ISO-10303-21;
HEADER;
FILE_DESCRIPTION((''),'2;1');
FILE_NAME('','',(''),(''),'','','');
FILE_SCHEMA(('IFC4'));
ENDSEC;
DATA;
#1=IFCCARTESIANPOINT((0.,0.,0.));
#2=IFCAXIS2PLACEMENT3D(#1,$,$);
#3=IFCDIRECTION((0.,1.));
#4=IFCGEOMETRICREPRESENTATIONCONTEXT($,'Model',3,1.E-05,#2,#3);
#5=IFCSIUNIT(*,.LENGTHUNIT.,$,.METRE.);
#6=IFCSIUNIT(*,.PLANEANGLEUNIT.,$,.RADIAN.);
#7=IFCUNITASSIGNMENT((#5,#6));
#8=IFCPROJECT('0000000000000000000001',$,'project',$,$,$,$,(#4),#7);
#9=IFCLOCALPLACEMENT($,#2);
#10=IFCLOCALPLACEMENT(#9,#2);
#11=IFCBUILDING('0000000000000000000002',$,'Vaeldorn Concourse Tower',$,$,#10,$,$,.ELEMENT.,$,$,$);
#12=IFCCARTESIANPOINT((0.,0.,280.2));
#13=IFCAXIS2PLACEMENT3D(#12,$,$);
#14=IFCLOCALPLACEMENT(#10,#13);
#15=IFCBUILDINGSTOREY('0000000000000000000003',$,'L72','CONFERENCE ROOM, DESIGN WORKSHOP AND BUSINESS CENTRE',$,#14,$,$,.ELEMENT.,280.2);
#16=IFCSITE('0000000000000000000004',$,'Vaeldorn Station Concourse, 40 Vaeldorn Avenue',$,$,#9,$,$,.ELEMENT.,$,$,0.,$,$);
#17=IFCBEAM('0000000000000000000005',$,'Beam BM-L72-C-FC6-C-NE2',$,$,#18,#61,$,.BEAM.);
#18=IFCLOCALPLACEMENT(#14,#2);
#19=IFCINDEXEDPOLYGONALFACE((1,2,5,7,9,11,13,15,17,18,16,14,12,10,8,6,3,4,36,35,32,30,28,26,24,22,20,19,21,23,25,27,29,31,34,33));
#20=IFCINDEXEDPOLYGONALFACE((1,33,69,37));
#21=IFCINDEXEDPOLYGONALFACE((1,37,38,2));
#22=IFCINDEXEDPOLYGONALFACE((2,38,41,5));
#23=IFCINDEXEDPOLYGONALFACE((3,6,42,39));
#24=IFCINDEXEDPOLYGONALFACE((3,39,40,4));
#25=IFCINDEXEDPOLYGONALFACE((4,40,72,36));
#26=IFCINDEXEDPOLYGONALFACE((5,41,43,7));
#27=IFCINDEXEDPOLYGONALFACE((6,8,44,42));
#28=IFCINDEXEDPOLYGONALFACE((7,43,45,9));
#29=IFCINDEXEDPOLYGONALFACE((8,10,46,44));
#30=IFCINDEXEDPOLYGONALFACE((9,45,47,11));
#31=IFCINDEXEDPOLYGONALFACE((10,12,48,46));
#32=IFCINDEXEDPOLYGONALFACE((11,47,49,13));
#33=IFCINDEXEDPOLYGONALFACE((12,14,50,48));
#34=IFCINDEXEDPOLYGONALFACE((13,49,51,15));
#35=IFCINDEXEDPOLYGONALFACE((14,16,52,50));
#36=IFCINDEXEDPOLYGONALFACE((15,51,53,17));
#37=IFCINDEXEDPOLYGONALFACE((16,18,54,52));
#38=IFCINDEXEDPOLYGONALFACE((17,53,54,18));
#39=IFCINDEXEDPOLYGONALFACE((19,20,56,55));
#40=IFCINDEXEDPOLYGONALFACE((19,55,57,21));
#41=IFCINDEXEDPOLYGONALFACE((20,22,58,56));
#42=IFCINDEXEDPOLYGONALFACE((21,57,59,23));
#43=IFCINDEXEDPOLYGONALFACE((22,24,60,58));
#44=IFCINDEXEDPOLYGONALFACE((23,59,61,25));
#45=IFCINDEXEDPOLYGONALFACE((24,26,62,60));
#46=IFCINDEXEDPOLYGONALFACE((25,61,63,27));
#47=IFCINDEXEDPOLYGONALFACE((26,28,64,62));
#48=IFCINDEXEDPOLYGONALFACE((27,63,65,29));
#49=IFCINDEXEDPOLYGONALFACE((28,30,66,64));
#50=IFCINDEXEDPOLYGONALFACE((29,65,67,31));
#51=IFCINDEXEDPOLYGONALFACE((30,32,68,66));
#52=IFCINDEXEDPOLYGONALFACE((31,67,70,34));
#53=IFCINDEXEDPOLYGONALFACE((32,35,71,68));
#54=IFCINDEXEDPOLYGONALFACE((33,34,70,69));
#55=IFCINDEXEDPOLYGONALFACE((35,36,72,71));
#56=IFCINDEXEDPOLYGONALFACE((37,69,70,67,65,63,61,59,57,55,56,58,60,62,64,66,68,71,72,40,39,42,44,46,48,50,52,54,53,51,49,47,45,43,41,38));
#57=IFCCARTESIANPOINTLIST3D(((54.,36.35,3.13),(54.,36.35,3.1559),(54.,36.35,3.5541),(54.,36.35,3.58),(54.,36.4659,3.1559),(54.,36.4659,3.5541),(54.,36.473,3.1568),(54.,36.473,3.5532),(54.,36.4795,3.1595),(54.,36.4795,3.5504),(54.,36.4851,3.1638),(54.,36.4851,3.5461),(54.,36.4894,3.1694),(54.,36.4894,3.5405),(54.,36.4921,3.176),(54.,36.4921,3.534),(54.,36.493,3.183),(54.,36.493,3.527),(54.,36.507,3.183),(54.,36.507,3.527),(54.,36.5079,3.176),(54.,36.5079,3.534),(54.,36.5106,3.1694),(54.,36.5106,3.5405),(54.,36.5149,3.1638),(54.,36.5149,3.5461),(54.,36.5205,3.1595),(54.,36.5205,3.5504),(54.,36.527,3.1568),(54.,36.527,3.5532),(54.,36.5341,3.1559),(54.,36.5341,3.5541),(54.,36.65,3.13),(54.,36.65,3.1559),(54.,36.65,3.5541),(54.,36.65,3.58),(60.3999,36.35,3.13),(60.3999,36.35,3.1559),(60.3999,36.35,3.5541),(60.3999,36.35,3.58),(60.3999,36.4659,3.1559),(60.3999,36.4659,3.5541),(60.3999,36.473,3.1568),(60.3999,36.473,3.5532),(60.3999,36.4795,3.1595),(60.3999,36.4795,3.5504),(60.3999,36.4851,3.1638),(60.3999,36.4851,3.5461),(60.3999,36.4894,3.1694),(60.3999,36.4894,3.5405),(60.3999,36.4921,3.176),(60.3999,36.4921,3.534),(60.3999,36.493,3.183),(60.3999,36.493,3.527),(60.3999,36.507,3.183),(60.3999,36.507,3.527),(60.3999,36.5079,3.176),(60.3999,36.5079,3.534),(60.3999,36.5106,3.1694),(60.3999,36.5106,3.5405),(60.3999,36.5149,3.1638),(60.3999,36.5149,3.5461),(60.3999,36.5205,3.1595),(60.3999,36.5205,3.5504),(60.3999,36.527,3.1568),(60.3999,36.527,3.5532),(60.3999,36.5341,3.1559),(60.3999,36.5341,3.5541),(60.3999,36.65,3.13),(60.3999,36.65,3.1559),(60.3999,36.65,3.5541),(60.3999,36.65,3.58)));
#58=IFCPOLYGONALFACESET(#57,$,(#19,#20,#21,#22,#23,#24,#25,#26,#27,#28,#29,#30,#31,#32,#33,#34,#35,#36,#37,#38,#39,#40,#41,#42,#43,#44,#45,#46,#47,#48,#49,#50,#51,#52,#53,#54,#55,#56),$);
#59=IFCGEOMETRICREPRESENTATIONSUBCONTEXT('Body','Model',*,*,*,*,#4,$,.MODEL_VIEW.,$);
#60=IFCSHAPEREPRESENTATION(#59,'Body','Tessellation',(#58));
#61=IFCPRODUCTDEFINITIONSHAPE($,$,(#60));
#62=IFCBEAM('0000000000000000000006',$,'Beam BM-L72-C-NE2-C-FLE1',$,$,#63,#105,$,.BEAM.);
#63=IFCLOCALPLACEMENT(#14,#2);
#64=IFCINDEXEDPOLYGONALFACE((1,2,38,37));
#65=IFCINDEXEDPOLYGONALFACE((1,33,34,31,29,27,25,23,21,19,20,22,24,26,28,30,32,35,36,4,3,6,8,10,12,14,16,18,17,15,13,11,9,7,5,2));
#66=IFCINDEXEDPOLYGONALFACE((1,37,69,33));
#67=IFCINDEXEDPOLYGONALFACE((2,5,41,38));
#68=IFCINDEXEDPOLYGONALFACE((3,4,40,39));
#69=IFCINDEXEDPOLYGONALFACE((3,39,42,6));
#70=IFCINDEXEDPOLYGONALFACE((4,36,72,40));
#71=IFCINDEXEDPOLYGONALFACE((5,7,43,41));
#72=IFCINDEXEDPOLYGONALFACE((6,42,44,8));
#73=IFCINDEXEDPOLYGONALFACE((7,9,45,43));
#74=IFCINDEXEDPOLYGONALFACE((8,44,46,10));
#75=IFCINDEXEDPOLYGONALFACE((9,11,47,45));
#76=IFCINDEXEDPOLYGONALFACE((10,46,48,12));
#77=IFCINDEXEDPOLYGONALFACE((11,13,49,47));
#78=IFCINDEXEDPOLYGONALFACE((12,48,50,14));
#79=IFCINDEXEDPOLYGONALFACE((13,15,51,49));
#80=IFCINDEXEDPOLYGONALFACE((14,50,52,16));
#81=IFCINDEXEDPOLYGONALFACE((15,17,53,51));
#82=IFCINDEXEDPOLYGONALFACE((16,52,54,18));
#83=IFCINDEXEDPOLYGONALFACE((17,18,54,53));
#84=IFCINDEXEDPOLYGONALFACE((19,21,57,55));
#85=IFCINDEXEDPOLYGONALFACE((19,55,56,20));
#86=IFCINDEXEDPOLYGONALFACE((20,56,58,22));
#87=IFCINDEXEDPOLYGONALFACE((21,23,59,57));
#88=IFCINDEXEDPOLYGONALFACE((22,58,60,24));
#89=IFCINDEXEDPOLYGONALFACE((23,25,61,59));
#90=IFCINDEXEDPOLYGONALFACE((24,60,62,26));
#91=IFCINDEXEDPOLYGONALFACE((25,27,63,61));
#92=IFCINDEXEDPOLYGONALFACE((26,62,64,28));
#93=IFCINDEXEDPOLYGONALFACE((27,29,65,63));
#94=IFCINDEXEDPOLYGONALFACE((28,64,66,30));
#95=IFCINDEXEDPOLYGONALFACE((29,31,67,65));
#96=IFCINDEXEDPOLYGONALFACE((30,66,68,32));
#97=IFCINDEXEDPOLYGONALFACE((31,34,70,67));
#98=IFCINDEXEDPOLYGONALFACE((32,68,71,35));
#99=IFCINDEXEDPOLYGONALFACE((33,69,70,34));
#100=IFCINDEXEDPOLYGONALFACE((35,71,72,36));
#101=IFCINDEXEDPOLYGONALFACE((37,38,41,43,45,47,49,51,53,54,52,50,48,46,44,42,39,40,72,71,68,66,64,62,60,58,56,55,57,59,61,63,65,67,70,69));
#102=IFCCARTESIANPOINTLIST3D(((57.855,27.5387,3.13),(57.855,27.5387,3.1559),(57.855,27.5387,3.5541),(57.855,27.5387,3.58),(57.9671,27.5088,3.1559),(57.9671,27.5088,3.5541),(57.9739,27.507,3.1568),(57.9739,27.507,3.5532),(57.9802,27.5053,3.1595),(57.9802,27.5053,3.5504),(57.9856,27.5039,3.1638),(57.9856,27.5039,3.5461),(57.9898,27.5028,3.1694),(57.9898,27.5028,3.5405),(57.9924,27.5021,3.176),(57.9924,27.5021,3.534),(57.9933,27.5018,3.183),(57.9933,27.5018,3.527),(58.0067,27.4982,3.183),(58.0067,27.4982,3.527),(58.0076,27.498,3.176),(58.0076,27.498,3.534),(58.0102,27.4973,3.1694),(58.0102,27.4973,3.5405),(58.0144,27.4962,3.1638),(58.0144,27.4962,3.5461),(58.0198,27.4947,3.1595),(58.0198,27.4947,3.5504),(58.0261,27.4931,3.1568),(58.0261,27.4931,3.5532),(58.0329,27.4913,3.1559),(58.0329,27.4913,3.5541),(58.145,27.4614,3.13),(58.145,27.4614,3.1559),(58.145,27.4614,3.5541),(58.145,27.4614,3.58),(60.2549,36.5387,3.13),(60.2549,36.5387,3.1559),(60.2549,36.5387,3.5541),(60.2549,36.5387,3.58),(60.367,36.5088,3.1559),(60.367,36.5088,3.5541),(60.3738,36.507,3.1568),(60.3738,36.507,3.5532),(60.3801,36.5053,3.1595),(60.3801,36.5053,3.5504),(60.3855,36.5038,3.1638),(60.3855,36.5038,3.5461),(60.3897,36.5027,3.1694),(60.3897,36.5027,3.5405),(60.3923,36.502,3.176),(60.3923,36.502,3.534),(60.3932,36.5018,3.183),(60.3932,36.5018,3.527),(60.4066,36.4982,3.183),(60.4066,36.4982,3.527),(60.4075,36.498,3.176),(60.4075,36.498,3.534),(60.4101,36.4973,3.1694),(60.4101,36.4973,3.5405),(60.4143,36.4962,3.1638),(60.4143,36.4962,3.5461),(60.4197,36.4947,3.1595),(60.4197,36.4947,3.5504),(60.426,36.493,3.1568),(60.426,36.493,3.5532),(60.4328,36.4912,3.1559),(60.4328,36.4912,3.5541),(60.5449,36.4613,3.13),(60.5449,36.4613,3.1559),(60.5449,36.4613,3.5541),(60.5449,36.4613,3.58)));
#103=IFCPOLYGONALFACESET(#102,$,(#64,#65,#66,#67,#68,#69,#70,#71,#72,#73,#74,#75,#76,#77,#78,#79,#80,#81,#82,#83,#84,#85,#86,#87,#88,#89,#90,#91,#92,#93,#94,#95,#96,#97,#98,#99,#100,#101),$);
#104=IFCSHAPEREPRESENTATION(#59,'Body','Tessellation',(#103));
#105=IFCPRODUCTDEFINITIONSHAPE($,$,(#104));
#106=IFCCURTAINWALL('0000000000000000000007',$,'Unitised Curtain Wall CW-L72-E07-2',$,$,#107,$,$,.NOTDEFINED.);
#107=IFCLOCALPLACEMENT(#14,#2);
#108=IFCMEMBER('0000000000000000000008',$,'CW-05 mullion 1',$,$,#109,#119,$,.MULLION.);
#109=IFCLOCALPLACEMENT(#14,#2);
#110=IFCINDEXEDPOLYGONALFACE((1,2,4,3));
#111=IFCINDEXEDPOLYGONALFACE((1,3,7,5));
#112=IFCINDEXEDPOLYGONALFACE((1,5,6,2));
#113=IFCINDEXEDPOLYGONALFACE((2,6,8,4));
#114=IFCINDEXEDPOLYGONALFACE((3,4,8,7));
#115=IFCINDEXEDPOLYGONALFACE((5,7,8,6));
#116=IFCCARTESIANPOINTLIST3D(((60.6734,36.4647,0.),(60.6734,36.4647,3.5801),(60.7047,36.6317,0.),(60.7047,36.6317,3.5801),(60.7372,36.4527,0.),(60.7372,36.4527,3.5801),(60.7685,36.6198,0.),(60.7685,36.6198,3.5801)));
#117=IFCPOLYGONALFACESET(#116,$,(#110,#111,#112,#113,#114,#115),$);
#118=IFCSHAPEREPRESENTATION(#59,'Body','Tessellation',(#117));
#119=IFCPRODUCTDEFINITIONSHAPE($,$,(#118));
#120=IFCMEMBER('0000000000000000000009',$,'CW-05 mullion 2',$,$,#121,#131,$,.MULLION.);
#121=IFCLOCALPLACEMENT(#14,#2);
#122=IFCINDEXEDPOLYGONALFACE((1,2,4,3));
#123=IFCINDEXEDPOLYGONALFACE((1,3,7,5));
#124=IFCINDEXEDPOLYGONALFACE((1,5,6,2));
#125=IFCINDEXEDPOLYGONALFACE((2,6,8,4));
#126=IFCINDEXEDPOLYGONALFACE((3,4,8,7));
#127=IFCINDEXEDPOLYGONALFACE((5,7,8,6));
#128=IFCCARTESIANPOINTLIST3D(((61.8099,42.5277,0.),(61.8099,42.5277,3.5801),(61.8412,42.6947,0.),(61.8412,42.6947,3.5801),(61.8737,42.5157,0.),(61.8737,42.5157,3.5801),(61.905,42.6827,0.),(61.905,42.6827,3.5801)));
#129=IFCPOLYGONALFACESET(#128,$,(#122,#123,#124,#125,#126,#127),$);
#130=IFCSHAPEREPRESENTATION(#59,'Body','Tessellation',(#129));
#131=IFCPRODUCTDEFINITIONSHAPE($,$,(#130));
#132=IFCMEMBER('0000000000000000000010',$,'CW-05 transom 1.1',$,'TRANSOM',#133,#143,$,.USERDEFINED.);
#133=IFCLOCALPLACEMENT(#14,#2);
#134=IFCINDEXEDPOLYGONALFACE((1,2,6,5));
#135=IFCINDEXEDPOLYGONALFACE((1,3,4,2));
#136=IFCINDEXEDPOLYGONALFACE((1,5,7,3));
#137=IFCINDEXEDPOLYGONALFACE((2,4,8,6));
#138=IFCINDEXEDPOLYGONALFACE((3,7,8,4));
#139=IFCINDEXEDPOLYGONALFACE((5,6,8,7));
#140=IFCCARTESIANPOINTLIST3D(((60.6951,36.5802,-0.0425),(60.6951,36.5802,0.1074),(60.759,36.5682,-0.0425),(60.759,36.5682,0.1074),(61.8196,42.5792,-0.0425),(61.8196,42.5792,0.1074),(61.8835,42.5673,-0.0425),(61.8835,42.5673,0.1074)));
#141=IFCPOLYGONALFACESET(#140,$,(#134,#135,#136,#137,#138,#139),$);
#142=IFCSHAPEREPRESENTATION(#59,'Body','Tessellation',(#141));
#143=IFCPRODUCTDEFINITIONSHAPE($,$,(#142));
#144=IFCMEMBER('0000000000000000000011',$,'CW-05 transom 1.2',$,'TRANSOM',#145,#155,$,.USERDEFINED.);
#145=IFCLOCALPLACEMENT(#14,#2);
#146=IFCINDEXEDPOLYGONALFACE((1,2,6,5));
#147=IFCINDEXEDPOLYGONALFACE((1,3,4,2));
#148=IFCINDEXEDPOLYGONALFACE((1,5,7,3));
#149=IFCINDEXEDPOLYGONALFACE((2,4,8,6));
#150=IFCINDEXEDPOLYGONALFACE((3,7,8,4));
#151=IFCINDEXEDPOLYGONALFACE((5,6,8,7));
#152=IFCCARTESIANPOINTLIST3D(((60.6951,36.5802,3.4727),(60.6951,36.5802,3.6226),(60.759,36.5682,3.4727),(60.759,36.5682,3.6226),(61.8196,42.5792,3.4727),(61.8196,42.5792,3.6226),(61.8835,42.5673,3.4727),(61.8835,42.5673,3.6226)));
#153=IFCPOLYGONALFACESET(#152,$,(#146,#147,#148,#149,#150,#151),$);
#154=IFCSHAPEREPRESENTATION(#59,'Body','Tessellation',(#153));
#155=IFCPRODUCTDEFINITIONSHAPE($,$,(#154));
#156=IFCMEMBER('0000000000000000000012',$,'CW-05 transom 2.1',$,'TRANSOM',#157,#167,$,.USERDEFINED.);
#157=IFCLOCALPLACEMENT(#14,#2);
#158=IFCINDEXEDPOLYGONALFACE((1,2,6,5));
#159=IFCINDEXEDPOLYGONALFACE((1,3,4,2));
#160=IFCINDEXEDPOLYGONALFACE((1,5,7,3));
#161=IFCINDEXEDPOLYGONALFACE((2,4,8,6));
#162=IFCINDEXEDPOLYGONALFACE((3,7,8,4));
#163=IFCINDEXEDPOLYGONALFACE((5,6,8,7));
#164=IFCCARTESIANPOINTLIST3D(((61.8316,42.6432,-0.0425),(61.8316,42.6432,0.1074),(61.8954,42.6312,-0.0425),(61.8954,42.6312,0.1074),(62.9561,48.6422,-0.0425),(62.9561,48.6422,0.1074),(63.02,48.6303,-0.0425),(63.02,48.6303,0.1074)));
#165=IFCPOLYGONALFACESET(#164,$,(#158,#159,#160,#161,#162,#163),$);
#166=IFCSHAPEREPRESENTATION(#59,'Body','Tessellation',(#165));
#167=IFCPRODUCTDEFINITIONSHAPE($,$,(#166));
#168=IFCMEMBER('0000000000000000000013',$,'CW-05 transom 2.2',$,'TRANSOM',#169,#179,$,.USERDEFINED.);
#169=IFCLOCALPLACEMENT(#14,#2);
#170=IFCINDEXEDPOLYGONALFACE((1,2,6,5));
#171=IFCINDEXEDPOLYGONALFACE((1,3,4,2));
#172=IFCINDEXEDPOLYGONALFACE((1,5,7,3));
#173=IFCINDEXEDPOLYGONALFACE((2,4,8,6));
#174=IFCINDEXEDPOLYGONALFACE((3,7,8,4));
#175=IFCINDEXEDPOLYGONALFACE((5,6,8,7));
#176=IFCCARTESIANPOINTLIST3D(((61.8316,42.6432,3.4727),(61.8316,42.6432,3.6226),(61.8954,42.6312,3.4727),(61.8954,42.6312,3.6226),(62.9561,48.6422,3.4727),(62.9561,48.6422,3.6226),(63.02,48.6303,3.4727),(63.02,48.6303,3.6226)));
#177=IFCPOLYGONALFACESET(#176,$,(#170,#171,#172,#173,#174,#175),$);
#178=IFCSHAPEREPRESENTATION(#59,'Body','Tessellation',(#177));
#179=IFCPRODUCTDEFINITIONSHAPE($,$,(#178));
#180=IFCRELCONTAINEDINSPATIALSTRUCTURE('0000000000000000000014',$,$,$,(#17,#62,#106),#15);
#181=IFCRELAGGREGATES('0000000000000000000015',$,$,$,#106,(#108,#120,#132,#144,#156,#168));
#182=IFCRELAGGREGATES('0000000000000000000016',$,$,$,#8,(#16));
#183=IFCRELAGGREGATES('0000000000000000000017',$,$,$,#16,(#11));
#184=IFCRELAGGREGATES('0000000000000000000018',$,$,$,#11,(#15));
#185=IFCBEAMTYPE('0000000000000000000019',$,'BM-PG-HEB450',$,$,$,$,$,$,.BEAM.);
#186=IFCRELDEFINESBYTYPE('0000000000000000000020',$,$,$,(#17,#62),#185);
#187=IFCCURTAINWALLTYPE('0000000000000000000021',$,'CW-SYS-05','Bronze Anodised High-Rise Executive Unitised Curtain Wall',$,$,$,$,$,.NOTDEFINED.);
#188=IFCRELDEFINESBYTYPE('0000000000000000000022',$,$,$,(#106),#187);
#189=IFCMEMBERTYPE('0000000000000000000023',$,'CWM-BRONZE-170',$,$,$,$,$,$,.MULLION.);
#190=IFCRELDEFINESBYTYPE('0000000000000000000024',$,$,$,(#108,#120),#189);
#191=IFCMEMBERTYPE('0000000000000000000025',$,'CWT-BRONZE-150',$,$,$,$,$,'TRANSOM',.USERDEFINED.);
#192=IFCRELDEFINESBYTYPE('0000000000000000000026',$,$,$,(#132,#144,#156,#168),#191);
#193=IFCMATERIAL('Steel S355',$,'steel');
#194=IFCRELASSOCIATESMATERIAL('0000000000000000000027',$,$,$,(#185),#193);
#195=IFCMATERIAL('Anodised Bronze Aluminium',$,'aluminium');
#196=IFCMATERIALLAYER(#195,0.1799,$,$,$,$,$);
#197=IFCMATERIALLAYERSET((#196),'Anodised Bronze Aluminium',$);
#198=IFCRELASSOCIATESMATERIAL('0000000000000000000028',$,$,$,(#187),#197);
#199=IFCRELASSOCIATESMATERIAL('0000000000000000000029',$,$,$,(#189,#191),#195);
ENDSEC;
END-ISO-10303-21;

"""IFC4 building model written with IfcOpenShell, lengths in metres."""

from ifc_helpers import new_model, si_unit, direction, frame, origin, origin_2d, place, context, subcontext, project, spatial, rectangle, i_section, extrude, source, transform, mapped, material, layer, layer_set, material_profile, profile_set, type_object, element, aggregate, save


model = new_model("IFC4")

# Units and contexts
model_context = context("Model", 3, precision=1e-05, world=origin(), true_north=direction((0.0, 1.0)))
body_context = subcontext(model_context, "Body", "Model", "MODEL_VIEW")
ifc_project = project(units=[si_unit("LENGTHUNIT", "METRE"), si_unit("PLANEANGLEUNIT", "RADIAN")], contexts=[model_context])

# Site, building, storey
site_placement = place(None, origin())
site = spatial("IfcSite", under=ifc_project, at=site_placement, Name="Vaeldorn Station Concourse, 40 Vaeldorn Avenue", CompositionType="ELEMENT", RefElevation=0.0)
building_placement = place(site_placement, origin())
building = spatial("IfcBuilding", under=site, at=building_placement, Name="Vaeldorn Concourse Tower", CompositionType="ELEMENT")
storey_placement = place(building_placement, frame((0.0, 0.0, 280.2)))
storey = spatial("IfcBuildingStorey", under=building, at=storey_placement, Name="L72", Description="CONFERENCE ROOM, DESIGN WORKSHOP AND BUSINESS CENTRE", CompositionType="ELEMENT", Elevation=280.2)

# Shared definitions
ifc_material_1 = material(Name="Steel S355", Category="steel")

# Beams
ifc_material_profile_1 = material_profile(ifc_material_1, i_section(OverallWidth=0.3, OverallDepth=0.45, WebThickness=0.0139, FlangeThickness=0.0259, FilletRadius=0.0271, at=origin_2d()), Name="HEB 450")
ifc_profile_set_1 = profile_set([ifc_material_profile_1], Name="Steel S355")
beam_type_1 = type_object("IfcBeamType", Name="BM-PG-HEB450", PredefinedType="BEAM", material=ifc_profile_set_1)
shared_shape_1 = source(origin(), body_context, "Body", "SweptSolid", [
    extrude(i_section(OverallWidth=0.3, OverallDepth=0.45, WebThickness=0.0139, FlangeThickness=0.0259, FilletRadius=0.0271, at=origin_2d()), origin(), (0.0, 0.0, 1.0), 6.3999),
])
beam_1_placement = place(storey_placement, frame((54.0, 36.5, 3.355), z_axis=(1.0, 0.0, 0.0), x_axis=(0.0, 1.0, 0.0)))
element("IfcBeam", 1, at=beam_1_placement, inside=storey, type_object=beam_type_1, Name="Beam BM-L72-C-FC6-C-NE2", PredefinedType="BEAM", context=body_context, shape_type="MappedRepresentation", body=[
    mapped(shared_shape_1, transform((0.0, 0.0, 0.0), scale=1.0)),
])
shared_shape_2 = source(origin(), body_context, "Body", "SweptSolid", [
    extrude(i_section(OverallWidth=0.3, OverallDepth=0.45, WebThickness=0.0139, FlangeThickness=0.0259, FilletRadius=0.0271, at=origin_2d()), origin(), (0.0, 0.0, 1.0), 9.3145),
])
beam_2_placement = place(storey_placement, frame((60.3999, 36.5, 3.355), z_axis=(-0.257653, -0.966238, 0.0), x_axis=(0.966238, -0.257653, 0.0)))
element("IfcBeam", 2, at=beam_2_placement, inside=storey, type_object=beam_type_1, Name="Beam BM-L72-C-NE2-C-FLE1", PredefinedType="BEAM", context=body_context, shape_type="MappedRepresentation", body=[
    mapped(shared_shape_2, transform((0.0, 0.0, 0.0), scale=1.0)),
])

# Curtain wall, members
ifc_material_2 = material(Name="Anodised Bronze Aluminium", Category="aluminium")
ifc_layer_1 = layer(ifc_material_2, 0.1799)
ifc_layer_set_1 = layer_set([ifc_layer_1], Name="Anodised Bronze Aluminium")
curtain_wall_type = type_object("IfcCurtainWallType", Name="CW-SYS-05", Description="Bronze Anodised High-Rise Executive Unitised Curtain Wall", PredefinedType="NOTDEFINED", material=ifc_layer_set_1)
curtain_wall_placement = place(storey_placement, origin())
curtain_wall = element("IfcCurtainWall", 3, at=curtain_wall_placement, inside=storey, type_object=curtain_wall_type, Name="Unitised Curtain Wall CW-L72-E07-2", PredefinedType="NOTDEFINED")
ifc_material_profile_2 = material_profile(ifc_material_2, rectangle(XDim=0.0649, YDim=0.1699, at=origin_2d()), Name="CWM 65x170")
ifc_profile_set_2 = profile_set([ifc_material_profile_2], Name="Anodised Bronze Aluminium")
member_type_1 = type_object("IfcMemberType", Name="CWM-BRONZE-170", PredefinedType="MULLION", material=ifc_profile_set_2)
shared_shape_3 = source(origin(), body_context, "Body", "SweptSolid", [
    extrude(rectangle(XDim=0.0649, YDim=0.1699, at=origin_2d()), origin(), (0.0, 0.0, 1.0), 3.5801),
])
member_1_placement = place(storey_placement, frame((60.7209, 36.5422, 0.0), z_axis=(0.0, 0.0, 1.0), x_axis=(-0.98288, 0.184246, 0.0)))
member_1 = element("IfcMember", 4, at=member_1_placement, type_object=member_type_1, Name="CW-05 mullion 1", PredefinedType="MULLION", context=body_context, shape_type="MappedRepresentation", body=[
    mapped(shared_shape_3, transform((0.0, 0.0, 0.0), scale=1.0)),
])
member_2_placement = place(storey_placement, frame((61.8574, 42.6052, 0.0), z_axis=(0.0, 0.0, 1.0), x_axis=(-0.98288, 0.184246, 0.0)))
member_2 = element("IfcMember", 5, at=member_2_placement, type_object=member_type_1, Name="CW-05 mullion 2", PredefinedType="MULLION", context=body_context, shape_type="MappedRepresentation", body=[
    mapped(shared_shape_3, transform((0.0, 0.0, 0.0), scale=1.0)),
])
ifc_material_profile_3 = material_profile(ifc_material_2, rectangle(XDim=0.0649, YDim=0.1499, at=origin_2d()), Name="CWT 65x150")
ifc_profile_set_3 = profile_set([ifc_material_profile_3], Name="Anodised Bronze Aluminium")
member_type_2 = type_object("IfcMemberType", Name="CWT-BRONZE-150", ElementType="TRANSOM", PredefinedType="USERDEFINED", material=ifc_profile_set_3)
shared_shape_4 = source(origin(), body_context, "Body", "SweptSolid", [
    extrude(rectangle(XDim=0.0649, YDim=0.1499, at=origin_2d()), origin(), (0.0, 0.0, 1.0), 6.1035),
])
member_3_placement = place(storey_placement, frame((60.7271, 36.5742, 0.0325), z_axis=(0.18424, 0.982881, 0.0), x_axis=(-0.982881, 0.18424, 0.0)))
member_3 = element("IfcMember", 6, at=member_3_placement, type_object=member_type_2, Name="CW-05 transom 1.1", ObjectType="TRANSOM", PredefinedType="USERDEFINED", context=body_context, shape_type="MappedRepresentation", body=[
    mapped(shared_shape_4, transform((0.0, 0.0, 0.0), scale=1.0)),
])
member_4_placement = place(storey_placement, frame((60.7271, 36.5742, 3.5476), z_axis=(0.18424, 0.982881, 0.0), x_axis=(-0.982881, 0.18424, 0.0)))
member_4 = element("IfcMember", 7, at=member_4_placement, type_object=member_type_2, Name="CW-05 transom 1.2", ObjectType="TRANSOM", PredefinedType="USERDEFINED", context=body_context, shape_type="MappedRepresentation", body=[
    mapped(shared_shape_4, transform((0.0, 0.0, 0.0), scale=1.0)),
])
member_5_placement = place(storey_placement, frame((61.8635, 42.6372, 0.0325), z_axis=(0.18424, 0.982881, 0.0), x_axis=(-0.982881, 0.18424, 0.0)))
member_5 = element("IfcMember", 8, at=member_5_placement, type_object=member_type_2, Name="CW-05 transom 2.1", ObjectType="TRANSOM", PredefinedType="USERDEFINED", context=body_context, shape_type="MappedRepresentation", body=[
    mapped(shared_shape_4, transform((0.0, 0.0, 0.0), scale=1.0)),
])
member_6_placement = place(storey_placement, frame((61.8635, 42.6372, 3.5476), z_axis=(0.18424, 0.982881, 0.0), x_axis=(-0.982881, 0.18424, 0.0)))
member_6 = element("IfcMember", 9, at=member_6_placement, type_object=member_type_2, Name="CW-05 transom 2.2", ObjectType="TRANSOM", PredefinedType="USERDEFINED", context=body_context, shape_type="MappedRepresentation", body=[
    mapped(shared_shape_4, transform((0.0, 0.0, 0.0), scale=1.0)),
])
aggregate(curtain_wall, [member_1, member_2, member_3, member_4, member_5, member_6])

save(model, "model.ifc")
